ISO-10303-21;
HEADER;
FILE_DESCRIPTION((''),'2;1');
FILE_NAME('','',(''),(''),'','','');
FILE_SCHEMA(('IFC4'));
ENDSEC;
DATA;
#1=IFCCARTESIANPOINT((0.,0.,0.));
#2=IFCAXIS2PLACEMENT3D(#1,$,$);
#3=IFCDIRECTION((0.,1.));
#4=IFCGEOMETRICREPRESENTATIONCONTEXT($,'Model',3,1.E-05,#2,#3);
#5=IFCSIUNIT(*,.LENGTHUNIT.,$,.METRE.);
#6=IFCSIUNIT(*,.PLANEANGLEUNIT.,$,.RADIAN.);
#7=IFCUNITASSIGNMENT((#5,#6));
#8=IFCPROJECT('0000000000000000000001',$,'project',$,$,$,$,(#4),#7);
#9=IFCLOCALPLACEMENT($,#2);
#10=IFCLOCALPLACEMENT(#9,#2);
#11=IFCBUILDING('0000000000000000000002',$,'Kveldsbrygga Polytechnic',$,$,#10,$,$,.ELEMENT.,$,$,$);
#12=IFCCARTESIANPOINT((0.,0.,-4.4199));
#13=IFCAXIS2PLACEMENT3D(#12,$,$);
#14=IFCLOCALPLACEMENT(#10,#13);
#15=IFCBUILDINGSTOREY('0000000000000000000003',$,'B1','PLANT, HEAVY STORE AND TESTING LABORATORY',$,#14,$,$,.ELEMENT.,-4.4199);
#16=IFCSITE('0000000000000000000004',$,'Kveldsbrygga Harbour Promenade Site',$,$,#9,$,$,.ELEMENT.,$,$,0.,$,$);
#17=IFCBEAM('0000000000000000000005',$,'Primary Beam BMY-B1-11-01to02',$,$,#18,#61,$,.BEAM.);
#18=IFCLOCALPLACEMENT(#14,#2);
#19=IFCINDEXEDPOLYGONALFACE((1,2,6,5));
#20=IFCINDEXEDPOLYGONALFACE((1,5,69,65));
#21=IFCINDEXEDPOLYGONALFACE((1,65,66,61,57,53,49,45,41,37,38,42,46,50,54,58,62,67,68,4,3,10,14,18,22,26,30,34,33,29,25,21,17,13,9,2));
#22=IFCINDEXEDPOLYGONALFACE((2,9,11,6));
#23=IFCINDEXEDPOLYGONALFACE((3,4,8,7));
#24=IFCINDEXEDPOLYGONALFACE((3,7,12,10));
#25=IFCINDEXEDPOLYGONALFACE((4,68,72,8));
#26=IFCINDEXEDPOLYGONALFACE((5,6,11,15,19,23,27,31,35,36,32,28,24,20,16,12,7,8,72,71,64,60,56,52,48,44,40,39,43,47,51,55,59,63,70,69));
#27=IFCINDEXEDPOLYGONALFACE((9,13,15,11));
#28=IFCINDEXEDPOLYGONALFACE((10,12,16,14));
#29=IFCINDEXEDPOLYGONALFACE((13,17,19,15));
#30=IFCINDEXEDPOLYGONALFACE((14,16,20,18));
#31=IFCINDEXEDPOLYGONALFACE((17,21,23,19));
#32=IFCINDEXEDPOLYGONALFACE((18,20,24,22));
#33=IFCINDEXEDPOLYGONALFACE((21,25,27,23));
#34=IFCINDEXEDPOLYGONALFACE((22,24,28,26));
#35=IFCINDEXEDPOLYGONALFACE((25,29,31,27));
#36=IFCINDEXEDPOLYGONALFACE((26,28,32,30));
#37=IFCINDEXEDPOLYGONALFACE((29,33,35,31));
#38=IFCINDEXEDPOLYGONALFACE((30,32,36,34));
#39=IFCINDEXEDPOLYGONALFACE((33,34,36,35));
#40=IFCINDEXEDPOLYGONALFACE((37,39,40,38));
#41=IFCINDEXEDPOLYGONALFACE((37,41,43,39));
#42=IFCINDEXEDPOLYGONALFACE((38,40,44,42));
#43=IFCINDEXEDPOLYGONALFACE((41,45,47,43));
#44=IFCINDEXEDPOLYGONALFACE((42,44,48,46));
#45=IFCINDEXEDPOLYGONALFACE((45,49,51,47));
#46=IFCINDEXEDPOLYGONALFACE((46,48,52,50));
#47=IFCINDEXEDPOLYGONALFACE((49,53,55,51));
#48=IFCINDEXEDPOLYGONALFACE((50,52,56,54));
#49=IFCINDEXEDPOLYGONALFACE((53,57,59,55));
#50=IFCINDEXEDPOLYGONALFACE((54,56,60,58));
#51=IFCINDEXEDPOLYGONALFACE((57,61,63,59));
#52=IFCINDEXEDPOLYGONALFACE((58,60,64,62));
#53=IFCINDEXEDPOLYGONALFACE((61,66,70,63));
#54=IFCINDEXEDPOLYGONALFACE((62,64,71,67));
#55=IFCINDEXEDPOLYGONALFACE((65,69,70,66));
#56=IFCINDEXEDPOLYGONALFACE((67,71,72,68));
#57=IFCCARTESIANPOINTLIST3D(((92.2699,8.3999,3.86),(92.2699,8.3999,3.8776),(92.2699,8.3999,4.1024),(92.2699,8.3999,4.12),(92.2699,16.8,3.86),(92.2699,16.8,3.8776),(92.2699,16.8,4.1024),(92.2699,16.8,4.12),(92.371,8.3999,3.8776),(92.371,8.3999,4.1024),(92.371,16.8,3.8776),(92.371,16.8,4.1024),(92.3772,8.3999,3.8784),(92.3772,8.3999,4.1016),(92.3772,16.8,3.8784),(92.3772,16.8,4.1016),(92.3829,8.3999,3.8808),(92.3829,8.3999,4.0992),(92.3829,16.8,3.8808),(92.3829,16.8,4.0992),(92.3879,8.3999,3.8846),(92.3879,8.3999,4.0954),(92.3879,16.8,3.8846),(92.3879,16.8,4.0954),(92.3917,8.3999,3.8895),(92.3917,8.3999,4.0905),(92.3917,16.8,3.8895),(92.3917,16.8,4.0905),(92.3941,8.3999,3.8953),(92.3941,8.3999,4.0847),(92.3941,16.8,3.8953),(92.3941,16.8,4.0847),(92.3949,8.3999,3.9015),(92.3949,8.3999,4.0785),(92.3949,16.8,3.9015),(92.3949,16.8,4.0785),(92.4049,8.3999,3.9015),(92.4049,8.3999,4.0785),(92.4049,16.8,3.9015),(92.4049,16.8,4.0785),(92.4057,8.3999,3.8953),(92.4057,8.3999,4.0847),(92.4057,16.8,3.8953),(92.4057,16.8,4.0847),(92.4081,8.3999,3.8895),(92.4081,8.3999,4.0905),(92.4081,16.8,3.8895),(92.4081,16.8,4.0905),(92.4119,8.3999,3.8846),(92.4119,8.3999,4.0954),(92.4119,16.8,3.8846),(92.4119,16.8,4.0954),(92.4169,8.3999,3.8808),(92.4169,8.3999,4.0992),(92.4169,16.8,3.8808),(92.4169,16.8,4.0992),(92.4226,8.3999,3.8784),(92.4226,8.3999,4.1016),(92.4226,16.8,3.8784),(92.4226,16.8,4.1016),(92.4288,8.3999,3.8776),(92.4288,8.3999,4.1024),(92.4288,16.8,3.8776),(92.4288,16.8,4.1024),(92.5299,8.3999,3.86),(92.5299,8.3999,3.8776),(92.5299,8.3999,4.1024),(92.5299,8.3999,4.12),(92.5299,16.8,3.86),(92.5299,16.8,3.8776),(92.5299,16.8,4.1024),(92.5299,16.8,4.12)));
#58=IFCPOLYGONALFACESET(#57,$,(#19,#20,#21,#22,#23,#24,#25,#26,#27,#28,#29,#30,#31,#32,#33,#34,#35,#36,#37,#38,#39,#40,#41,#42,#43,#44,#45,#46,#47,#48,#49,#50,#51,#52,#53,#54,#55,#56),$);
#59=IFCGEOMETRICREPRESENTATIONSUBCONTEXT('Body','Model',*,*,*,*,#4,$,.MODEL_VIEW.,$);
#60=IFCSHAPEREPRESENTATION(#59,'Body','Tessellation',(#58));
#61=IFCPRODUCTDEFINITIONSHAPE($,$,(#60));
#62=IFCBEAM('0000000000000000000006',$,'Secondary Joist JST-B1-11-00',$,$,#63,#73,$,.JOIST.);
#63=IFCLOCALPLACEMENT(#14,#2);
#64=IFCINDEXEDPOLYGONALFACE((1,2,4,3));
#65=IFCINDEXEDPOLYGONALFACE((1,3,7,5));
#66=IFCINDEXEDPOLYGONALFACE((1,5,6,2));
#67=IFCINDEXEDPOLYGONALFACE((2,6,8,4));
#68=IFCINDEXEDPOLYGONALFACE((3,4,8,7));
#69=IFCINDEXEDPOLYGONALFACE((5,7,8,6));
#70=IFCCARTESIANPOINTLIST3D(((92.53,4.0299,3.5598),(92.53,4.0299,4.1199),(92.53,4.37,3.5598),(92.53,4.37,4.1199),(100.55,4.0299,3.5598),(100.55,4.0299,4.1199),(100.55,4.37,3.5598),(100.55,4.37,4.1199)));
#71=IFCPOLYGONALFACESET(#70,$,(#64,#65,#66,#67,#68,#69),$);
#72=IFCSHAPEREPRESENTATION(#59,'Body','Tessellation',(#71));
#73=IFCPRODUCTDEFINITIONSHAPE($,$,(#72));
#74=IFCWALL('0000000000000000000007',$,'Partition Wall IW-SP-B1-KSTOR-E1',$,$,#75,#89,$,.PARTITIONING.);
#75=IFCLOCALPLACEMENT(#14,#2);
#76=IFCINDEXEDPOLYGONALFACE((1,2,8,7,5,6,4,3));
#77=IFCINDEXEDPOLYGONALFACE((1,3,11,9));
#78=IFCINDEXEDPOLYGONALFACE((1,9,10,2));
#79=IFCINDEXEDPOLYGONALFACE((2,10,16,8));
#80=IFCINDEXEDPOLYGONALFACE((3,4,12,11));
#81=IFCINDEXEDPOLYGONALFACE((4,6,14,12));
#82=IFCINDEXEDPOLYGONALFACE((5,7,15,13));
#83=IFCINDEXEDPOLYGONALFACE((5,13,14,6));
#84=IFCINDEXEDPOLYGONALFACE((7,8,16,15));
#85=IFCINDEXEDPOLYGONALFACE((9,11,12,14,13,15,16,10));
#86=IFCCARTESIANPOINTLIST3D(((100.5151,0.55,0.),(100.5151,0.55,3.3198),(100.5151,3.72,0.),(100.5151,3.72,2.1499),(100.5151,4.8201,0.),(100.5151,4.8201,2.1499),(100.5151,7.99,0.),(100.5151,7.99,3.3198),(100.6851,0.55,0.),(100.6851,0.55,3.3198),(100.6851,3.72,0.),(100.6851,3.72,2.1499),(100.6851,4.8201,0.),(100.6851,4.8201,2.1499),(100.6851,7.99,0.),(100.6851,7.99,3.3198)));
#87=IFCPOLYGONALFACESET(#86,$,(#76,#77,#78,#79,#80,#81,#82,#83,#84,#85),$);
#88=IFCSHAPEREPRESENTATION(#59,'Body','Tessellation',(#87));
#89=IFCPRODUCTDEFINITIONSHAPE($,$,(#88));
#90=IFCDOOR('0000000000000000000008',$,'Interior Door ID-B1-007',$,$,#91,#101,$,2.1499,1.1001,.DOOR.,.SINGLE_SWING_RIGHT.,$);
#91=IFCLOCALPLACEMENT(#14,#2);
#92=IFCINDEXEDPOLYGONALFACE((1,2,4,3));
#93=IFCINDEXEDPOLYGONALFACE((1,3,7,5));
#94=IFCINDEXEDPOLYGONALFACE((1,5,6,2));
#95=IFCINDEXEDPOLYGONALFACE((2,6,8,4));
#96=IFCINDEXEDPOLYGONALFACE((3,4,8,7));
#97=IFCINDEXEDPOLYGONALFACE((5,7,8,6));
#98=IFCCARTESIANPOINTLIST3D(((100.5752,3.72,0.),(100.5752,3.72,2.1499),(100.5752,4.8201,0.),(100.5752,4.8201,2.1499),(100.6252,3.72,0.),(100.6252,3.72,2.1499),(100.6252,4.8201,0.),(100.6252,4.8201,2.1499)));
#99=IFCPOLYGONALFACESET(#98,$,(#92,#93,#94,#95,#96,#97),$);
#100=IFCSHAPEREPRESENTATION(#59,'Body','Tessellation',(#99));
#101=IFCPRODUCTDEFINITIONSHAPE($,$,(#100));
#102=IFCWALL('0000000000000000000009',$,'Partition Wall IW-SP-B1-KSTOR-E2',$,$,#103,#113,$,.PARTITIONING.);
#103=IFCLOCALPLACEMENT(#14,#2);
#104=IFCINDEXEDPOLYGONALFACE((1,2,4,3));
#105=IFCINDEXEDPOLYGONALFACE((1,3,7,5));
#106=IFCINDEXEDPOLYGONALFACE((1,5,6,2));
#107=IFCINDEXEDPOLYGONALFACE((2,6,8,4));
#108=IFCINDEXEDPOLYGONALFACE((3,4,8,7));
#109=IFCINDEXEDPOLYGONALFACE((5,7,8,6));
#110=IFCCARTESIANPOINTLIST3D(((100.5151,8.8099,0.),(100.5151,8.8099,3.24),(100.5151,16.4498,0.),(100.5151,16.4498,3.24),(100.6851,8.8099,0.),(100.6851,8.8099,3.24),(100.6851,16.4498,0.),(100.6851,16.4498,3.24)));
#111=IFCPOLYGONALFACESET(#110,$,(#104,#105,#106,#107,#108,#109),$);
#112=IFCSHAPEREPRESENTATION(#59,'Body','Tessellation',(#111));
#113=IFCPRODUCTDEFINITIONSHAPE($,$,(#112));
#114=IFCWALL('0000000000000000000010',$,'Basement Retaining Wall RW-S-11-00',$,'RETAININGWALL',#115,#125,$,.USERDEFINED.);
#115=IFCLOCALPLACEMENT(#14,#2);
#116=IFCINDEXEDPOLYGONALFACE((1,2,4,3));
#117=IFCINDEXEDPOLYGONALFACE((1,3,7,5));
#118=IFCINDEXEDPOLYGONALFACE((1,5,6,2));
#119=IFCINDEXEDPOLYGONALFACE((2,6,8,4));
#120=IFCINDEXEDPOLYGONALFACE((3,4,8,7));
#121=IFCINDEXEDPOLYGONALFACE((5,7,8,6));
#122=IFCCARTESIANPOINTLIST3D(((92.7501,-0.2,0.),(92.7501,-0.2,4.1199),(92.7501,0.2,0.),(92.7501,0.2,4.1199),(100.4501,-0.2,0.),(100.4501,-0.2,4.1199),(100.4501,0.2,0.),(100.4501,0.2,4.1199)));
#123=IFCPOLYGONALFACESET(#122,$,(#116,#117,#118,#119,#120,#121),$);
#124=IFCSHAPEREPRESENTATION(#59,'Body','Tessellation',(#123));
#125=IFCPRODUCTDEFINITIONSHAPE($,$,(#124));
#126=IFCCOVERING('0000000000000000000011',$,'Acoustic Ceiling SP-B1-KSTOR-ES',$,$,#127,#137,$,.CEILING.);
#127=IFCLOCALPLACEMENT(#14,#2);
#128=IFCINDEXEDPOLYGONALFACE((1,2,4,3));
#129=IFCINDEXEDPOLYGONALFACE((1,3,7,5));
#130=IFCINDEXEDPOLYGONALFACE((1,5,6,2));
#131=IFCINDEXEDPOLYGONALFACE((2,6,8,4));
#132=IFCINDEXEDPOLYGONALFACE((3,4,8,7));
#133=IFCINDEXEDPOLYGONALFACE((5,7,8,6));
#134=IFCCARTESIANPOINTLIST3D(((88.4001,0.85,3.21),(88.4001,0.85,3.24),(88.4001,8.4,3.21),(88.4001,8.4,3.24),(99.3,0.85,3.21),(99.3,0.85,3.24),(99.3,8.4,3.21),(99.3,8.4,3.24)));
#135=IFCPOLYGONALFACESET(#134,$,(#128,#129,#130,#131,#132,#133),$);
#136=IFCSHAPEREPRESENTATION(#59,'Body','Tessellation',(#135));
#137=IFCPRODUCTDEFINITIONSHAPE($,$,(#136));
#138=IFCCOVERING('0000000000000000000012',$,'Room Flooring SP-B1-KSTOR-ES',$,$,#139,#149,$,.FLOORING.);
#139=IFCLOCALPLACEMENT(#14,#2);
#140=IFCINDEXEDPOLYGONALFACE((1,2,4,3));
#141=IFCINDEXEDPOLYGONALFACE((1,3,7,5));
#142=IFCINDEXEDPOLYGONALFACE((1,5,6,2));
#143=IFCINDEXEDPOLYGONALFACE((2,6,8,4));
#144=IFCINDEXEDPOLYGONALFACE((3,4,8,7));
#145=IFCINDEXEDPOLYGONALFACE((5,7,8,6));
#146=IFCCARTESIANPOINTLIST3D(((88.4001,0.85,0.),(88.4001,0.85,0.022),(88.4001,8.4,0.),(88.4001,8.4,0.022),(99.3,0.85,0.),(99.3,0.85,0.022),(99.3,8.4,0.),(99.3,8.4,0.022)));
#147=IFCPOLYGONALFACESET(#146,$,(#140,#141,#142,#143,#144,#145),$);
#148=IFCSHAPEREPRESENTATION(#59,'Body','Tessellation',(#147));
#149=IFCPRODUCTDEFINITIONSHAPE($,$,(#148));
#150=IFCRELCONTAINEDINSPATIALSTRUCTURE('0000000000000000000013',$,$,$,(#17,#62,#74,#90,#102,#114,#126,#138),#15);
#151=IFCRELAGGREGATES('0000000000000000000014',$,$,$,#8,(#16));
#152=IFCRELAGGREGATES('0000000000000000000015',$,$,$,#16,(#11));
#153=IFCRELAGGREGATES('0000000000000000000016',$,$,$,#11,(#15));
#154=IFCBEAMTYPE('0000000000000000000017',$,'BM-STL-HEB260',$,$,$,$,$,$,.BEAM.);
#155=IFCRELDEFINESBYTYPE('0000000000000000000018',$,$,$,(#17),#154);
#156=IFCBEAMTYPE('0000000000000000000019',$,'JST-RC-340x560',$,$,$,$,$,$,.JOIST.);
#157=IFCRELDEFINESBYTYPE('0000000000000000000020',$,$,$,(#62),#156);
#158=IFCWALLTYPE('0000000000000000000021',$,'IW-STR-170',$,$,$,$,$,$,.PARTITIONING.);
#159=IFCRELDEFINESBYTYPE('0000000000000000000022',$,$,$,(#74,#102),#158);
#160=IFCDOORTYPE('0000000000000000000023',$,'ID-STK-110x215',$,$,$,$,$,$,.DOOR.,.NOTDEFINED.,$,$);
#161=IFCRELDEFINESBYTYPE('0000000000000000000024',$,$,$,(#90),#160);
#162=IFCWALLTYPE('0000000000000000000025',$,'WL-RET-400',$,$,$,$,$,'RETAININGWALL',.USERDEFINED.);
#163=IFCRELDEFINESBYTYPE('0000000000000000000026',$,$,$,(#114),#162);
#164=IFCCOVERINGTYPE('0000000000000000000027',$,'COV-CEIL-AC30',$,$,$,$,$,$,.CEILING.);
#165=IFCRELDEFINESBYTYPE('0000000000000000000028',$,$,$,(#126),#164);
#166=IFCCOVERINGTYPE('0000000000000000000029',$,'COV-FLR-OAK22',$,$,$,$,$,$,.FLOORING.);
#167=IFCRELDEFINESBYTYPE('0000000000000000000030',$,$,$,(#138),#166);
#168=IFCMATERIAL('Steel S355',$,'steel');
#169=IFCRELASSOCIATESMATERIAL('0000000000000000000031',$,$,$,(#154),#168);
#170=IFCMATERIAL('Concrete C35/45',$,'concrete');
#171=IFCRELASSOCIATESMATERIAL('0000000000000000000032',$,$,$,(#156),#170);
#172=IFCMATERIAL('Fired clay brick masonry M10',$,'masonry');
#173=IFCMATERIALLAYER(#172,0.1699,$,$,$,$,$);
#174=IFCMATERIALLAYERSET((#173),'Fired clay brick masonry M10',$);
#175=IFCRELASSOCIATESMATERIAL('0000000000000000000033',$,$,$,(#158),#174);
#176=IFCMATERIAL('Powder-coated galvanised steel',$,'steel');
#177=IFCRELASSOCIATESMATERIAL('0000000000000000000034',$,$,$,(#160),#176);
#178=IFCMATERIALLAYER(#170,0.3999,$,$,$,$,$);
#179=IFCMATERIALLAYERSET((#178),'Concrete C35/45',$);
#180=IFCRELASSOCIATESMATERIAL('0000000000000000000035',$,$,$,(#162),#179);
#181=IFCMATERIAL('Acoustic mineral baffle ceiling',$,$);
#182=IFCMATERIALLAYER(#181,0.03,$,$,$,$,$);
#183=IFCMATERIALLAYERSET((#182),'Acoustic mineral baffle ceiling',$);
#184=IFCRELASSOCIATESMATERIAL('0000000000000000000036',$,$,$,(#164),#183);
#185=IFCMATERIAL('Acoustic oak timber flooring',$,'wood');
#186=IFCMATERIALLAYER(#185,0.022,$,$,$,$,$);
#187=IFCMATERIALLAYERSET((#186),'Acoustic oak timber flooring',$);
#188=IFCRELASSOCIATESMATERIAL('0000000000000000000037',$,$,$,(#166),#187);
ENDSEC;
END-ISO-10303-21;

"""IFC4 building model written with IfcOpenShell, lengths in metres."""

from ifc_helpers import new_model, si_unit, direction, frame, frame_2d, origin, origin_2d, place, context, subcontext, project, spatial, rectangle, i_section, extrude, material, layer, layer_set, material_profile, profile_set, type_object, element, fill, save


model = new_model("IFC4")

# Units and contexts
model_context = context("Model", 3, precision=1e-05, world=origin(), true_north=direction((0.0, 1.0)))
body_context = subcontext(model_context, "Body", "Model", "MODEL_VIEW")
ifc_project = project(units=[si_unit("LENGTHUNIT", "METRE"), si_unit("PLANEANGLEUNIT", "RADIAN")], contexts=[model_context])

# Site, building, storey
site_placement = place(None, origin())
site = spatial("IfcSite", under=ifc_project, at=site_placement, Name="Kveldsbrygga Harbour Promenade Site", CompositionType="ELEMENT", RefElevation=0.0)
building_placement = place(site_placement, origin())
building = spatial("IfcBuilding", under=site, at=building_placement, Name="Kveldsbrygga Polytechnic", CompositionType="ELEMENT")
storey_placement = place(building_placement, frame((0.0, 0.0, -4.4199)))
storey = spatial("IfcBuildingStorey", under=building, at=storey_placement, Name="B1", Description="PLANT, HEAVY STORE AND TESTING LABORATORY", CompositionType="ELEMENT", Elevation=-4.4199)

# Beams
ifc_material_1 = material(Name="Concrete C35/45", Category="concrete")
ifc_material_2 = material(Name="Steel S355", Category="steel")
ifc_material_profile_1 = material_profile(ifc_material_2, i_section(OverallWidth=0.26, OverallDepth=0.26, WebThickness=0.01, FlangeThickness=0.0176, FilletRadius=0.0239, at=origin_2d()), Name="HEB 260")
ifc_profile_set_1 = profile_set([ifc_material_profile_1], Name="Steel S355")
beam_type_1 = type_object("IfcBeamType", Name="BM-STL-HEB260", PredefinedType="BEAM", material=ifc_profile_set_1)
beam_1_placement = place(storey_placement, frame((92.3999, 8.3999, 3.99), z_axis=(0.0, 1.0, 0.0), x_axis=(-1.0, 0.0, 0.0)))
element("IfcBeam", 1, at=beam_1_placement, inside=storey, type_object=beam_type_1, Name="Primary Beam BMY-B1-11-01to02", PredefinedType="BEAM", context=body_context, shape_type="SweptSolid", body=[
    extrude(i_section(OverallWidth=0.26, OverallDepth=0.26, WebThickness=0.01, FlangeThickness=0.0176, FilletRadius=0.0239, at=origin_2d()), origin(), (0.0, 0.0, 1.0), 8.4001),
])
ifc_material_profile_2 = material_profile(ifc_material_1, rectangle(XDim=0.3401, YDim=0.5601, at=origin_2d()), Name="RC 340x560")
ifc_profile_set_2 = profile_set([ifc_material_profile_2], Name="Concrete C35/45")
beam_type_2 = type_object("IfcBeamType", Name="JST-RC-340x560", PredefinedType="JOIST", material=ifc_profile_set_2)
beam_2_placement = place(storey_placement, frame((92.53, 4.2, 3.8398), z_axis=(1.0, 0.0, 0.0), x_axis=(0.0, 1.0, 0.0)))
element("IfcBeam", 2, at=beam_2_placement, inside=storey, type_object=beam_type_2, Name="Secondary Joist JST-B1-11-00", PredefinedType="JOIST", context=body_context, shape_type="SweptSolid", body=[
    extrude(rectangle(XDim=0.3401, YDim=0.5601, at=origin_2d()), origin(), (0.0, 0.0, 1.0), 8.02),
])

# Wall, opening, door
ifc_material_3 = material(Name="Fired clay brick masonry M10", Category="masonry")
ifc_layer_1 = layer(ifc_material_3, 0.1699)
ifc_layer_set_1 = layer_set([ifc_layer_1], Name="Fired clay brick masonry M10")
wall_type_1 = type_object("IfcWallType", Name="IW-STR-170", PredefinedType="PARTITIONING", material=ifc_layer_set_1)
wall_1_placement = place(storey_placement, frame((100.6001, 0.55, 0.0), z_axis=(0.0, 0.0, 1.0), x_axis=(0.0, 1.0, 0.0)))
wall_1 = element("IfcWall", 3, at=wall_1_placement, inside=storey, type_object=wall_type_1, Name="Partition Wall IW-SP-B1-KSTOR-E1", PredefinedType="PARTITIONING", context=body_context, shape_type="SweptSolid", body=[
    extrude(rectangle(XDim=7.4399, YDim=0.1699, at=frame_2d((3.72, 0.0))), origin(), (0.0, 0.0, 1.0), 3.3198),
])
opening_placement = place(wall_1_placement, frame((3.1699, 0.0, 0.0)))
opening = element("IfcOpeningElement", 4, at=opening_placement, cuts=wall_1, PredefinedType="OPENING", context=body_context, shape_type="SweptSolid", body=[
    extrude(rectangle(XDim=1.1001, YDim=2.1499, at=frame_2d((0.55, 1.075))), frame((0.0, 0.095, 0.0), z_axis=(0.0, -1.0, 0.0), x_axis=(1.0, 0.0, 0.0)), (0.0, 0.0, 1.0), 0.1899),
])
ifc_material_4 = material(Name="Powder-coated galvanised steel", Category="steel")
door_type = type_object("IfcDoorType", Name="ID-STK-110x215", OperationType="NOTDEFINED", PredefinedType="DOOR", material=ifc_material_4)
door_placement = place(opening_placement, origin())
door = element("IfcDoor", 5, at=door_placement, inside=storey, type_object=door_type, Name="Interior Door ID-B1-007", OperationType="SINGLE_SWING_RIGHT", OverallHeight=2.1499, OverallWidth=1.1001, PredefinedType="DOOR", context=body_context, shape_type="SweptSolid", body=[
    extrude(rectangle(XDim=1.1001, YDim=2.1499, at=frame_2d((0.55, 1.075))), frame((0.0, 0.0249, 0.0), z_axis=(0.0, -1.0, 0.0), x_axis=(1.0, 0.0, 0.0)), (0.0, 0.0, 1.0), 0.05),
])
fill(opening, door)

# Walls
wall_2_placement = place(storey_placement, frame((100.6001, 8.8101, 0.0), z_axis=(0.0, 0.0, 1.0), x_axis=(0.0, 1.0, 0.0)))
element("IfcWall", 6, at=wall_2_placement, inside=storey, type_object=wall_type_1, Name="Partition Wall IW-SP-B1-KSTOR-E2", PredefinedType="PARTITIONING", context=body_context, shape_type="SweptSolid", body=[
    extrude(rectangle(XDim=7.6399, YDim=0.1699, at=frame_2d((3.8198, 0.0))), origin(), (0.0, 0.0, 1.0), 3.24),
])
ifc_layer_2 = layer(ifc_material_1, 0.3999)
ifc_layer_set_2 = layer_set([ifc_layer_2], Name="Concrete C35/45")
wall_type_2 = type_object("IfcWallType", Name="WL-RET-400", ElementType="RETAININGWALL", PredefinedType="USERDEFINED", material=ifc_layer_set_2)
wall_3_placement = place(storey_placement, frame((92.75, 0.0, 0.0), z_axis=(0.0, 0.0, 1.0), x_axis=(1.0, 0.0, 0.0)))
element("IfcWall", 7, at=wall_3_placement, inside=storey, type_object=wall_type_2, Name="Basement Retaining Wall RW-S-11-00", ObjectType="RETAININGWALL", PredefinedType="USERDEFINED", context=body_context, shape_type="SweptSolid", body=[
    extrude(rectangle(XDim=7.7, YDim=0.3999, at=frame_2d((3.8501, 0.0))), origin(), (0.0, 0.0, 1.0), 4.1199),
])

# Coverings
ifc_material_5 = material(Name="Acoustic mineral baffle ceiling")
ifc_layer_3 = layer(ifc_material_5, 0.03)
ifc_layer_set_3 = layer_set([ifc_layer_3], Name="Acoustic mineral baffle ceiling")
covering_type_1 = type_object("IfcCoveringType", Name="COV-CEIL-AC30", PredefinedType="CEILING", material=ifc_layer_set_3)
covering_1_placement = place(storey_placement, frame((93.8501, 4.625, 3.21), z_axis=(0.0, 0.0, 1.0), x_axis=(1.0, 0.0, 0.0)))
element("IfcCovering", 8, at=covering_1_placement, inside=storey, type_object=covering_type_1, Name="Acoustic Ceiling SP-B1-KSTOR-ES", PredefinedType="CEILING", context=body_context, shape_type="SweptSolid", body=[
    extrude(rectangle(XDim=10.8999, YDim=7.55, at=origin_2d()), origin(), (0.0, 0.0, 1.0), 0.03),
])
ifc_material_6 = material(Name="Acoustic oak timber flooring", Category="wood")
ifc_layer_4 = layer(ifc_material_6, 0.022)
ifc_layer_set_4 = layer_set([ifc_layer_4], Name="Acoustic oak timber flooring")
covering_type_2 = type_object("IfcCoveringType", Name="COV-FLR-OAK22", PredefinedType="FLOORING", material=ifc_layer_set_4)
covering_2_placement = place(storey_placement, frame((93.8501, 4.625, 0.0), z_axis=(0.0, 0.0, 1.0), x_axis=(1.0, 0.0, 0.0)))
element("IfcCovering", 9, at=covering_2_placement, inside=storey, type_object=covering_type_2, Name="Room Flooring SP-B1-KSTOR-ES", PredefinedType="FLOORING", context=body_context, shape_type="SweptSolid", body=[
    extrude(rectangle(XDim=10.8999, YDim=7.55, at=origin_2d()), origin(), (0.0, 0.0, 1.0), 0.022),
])

save(model, "model.ifc")
